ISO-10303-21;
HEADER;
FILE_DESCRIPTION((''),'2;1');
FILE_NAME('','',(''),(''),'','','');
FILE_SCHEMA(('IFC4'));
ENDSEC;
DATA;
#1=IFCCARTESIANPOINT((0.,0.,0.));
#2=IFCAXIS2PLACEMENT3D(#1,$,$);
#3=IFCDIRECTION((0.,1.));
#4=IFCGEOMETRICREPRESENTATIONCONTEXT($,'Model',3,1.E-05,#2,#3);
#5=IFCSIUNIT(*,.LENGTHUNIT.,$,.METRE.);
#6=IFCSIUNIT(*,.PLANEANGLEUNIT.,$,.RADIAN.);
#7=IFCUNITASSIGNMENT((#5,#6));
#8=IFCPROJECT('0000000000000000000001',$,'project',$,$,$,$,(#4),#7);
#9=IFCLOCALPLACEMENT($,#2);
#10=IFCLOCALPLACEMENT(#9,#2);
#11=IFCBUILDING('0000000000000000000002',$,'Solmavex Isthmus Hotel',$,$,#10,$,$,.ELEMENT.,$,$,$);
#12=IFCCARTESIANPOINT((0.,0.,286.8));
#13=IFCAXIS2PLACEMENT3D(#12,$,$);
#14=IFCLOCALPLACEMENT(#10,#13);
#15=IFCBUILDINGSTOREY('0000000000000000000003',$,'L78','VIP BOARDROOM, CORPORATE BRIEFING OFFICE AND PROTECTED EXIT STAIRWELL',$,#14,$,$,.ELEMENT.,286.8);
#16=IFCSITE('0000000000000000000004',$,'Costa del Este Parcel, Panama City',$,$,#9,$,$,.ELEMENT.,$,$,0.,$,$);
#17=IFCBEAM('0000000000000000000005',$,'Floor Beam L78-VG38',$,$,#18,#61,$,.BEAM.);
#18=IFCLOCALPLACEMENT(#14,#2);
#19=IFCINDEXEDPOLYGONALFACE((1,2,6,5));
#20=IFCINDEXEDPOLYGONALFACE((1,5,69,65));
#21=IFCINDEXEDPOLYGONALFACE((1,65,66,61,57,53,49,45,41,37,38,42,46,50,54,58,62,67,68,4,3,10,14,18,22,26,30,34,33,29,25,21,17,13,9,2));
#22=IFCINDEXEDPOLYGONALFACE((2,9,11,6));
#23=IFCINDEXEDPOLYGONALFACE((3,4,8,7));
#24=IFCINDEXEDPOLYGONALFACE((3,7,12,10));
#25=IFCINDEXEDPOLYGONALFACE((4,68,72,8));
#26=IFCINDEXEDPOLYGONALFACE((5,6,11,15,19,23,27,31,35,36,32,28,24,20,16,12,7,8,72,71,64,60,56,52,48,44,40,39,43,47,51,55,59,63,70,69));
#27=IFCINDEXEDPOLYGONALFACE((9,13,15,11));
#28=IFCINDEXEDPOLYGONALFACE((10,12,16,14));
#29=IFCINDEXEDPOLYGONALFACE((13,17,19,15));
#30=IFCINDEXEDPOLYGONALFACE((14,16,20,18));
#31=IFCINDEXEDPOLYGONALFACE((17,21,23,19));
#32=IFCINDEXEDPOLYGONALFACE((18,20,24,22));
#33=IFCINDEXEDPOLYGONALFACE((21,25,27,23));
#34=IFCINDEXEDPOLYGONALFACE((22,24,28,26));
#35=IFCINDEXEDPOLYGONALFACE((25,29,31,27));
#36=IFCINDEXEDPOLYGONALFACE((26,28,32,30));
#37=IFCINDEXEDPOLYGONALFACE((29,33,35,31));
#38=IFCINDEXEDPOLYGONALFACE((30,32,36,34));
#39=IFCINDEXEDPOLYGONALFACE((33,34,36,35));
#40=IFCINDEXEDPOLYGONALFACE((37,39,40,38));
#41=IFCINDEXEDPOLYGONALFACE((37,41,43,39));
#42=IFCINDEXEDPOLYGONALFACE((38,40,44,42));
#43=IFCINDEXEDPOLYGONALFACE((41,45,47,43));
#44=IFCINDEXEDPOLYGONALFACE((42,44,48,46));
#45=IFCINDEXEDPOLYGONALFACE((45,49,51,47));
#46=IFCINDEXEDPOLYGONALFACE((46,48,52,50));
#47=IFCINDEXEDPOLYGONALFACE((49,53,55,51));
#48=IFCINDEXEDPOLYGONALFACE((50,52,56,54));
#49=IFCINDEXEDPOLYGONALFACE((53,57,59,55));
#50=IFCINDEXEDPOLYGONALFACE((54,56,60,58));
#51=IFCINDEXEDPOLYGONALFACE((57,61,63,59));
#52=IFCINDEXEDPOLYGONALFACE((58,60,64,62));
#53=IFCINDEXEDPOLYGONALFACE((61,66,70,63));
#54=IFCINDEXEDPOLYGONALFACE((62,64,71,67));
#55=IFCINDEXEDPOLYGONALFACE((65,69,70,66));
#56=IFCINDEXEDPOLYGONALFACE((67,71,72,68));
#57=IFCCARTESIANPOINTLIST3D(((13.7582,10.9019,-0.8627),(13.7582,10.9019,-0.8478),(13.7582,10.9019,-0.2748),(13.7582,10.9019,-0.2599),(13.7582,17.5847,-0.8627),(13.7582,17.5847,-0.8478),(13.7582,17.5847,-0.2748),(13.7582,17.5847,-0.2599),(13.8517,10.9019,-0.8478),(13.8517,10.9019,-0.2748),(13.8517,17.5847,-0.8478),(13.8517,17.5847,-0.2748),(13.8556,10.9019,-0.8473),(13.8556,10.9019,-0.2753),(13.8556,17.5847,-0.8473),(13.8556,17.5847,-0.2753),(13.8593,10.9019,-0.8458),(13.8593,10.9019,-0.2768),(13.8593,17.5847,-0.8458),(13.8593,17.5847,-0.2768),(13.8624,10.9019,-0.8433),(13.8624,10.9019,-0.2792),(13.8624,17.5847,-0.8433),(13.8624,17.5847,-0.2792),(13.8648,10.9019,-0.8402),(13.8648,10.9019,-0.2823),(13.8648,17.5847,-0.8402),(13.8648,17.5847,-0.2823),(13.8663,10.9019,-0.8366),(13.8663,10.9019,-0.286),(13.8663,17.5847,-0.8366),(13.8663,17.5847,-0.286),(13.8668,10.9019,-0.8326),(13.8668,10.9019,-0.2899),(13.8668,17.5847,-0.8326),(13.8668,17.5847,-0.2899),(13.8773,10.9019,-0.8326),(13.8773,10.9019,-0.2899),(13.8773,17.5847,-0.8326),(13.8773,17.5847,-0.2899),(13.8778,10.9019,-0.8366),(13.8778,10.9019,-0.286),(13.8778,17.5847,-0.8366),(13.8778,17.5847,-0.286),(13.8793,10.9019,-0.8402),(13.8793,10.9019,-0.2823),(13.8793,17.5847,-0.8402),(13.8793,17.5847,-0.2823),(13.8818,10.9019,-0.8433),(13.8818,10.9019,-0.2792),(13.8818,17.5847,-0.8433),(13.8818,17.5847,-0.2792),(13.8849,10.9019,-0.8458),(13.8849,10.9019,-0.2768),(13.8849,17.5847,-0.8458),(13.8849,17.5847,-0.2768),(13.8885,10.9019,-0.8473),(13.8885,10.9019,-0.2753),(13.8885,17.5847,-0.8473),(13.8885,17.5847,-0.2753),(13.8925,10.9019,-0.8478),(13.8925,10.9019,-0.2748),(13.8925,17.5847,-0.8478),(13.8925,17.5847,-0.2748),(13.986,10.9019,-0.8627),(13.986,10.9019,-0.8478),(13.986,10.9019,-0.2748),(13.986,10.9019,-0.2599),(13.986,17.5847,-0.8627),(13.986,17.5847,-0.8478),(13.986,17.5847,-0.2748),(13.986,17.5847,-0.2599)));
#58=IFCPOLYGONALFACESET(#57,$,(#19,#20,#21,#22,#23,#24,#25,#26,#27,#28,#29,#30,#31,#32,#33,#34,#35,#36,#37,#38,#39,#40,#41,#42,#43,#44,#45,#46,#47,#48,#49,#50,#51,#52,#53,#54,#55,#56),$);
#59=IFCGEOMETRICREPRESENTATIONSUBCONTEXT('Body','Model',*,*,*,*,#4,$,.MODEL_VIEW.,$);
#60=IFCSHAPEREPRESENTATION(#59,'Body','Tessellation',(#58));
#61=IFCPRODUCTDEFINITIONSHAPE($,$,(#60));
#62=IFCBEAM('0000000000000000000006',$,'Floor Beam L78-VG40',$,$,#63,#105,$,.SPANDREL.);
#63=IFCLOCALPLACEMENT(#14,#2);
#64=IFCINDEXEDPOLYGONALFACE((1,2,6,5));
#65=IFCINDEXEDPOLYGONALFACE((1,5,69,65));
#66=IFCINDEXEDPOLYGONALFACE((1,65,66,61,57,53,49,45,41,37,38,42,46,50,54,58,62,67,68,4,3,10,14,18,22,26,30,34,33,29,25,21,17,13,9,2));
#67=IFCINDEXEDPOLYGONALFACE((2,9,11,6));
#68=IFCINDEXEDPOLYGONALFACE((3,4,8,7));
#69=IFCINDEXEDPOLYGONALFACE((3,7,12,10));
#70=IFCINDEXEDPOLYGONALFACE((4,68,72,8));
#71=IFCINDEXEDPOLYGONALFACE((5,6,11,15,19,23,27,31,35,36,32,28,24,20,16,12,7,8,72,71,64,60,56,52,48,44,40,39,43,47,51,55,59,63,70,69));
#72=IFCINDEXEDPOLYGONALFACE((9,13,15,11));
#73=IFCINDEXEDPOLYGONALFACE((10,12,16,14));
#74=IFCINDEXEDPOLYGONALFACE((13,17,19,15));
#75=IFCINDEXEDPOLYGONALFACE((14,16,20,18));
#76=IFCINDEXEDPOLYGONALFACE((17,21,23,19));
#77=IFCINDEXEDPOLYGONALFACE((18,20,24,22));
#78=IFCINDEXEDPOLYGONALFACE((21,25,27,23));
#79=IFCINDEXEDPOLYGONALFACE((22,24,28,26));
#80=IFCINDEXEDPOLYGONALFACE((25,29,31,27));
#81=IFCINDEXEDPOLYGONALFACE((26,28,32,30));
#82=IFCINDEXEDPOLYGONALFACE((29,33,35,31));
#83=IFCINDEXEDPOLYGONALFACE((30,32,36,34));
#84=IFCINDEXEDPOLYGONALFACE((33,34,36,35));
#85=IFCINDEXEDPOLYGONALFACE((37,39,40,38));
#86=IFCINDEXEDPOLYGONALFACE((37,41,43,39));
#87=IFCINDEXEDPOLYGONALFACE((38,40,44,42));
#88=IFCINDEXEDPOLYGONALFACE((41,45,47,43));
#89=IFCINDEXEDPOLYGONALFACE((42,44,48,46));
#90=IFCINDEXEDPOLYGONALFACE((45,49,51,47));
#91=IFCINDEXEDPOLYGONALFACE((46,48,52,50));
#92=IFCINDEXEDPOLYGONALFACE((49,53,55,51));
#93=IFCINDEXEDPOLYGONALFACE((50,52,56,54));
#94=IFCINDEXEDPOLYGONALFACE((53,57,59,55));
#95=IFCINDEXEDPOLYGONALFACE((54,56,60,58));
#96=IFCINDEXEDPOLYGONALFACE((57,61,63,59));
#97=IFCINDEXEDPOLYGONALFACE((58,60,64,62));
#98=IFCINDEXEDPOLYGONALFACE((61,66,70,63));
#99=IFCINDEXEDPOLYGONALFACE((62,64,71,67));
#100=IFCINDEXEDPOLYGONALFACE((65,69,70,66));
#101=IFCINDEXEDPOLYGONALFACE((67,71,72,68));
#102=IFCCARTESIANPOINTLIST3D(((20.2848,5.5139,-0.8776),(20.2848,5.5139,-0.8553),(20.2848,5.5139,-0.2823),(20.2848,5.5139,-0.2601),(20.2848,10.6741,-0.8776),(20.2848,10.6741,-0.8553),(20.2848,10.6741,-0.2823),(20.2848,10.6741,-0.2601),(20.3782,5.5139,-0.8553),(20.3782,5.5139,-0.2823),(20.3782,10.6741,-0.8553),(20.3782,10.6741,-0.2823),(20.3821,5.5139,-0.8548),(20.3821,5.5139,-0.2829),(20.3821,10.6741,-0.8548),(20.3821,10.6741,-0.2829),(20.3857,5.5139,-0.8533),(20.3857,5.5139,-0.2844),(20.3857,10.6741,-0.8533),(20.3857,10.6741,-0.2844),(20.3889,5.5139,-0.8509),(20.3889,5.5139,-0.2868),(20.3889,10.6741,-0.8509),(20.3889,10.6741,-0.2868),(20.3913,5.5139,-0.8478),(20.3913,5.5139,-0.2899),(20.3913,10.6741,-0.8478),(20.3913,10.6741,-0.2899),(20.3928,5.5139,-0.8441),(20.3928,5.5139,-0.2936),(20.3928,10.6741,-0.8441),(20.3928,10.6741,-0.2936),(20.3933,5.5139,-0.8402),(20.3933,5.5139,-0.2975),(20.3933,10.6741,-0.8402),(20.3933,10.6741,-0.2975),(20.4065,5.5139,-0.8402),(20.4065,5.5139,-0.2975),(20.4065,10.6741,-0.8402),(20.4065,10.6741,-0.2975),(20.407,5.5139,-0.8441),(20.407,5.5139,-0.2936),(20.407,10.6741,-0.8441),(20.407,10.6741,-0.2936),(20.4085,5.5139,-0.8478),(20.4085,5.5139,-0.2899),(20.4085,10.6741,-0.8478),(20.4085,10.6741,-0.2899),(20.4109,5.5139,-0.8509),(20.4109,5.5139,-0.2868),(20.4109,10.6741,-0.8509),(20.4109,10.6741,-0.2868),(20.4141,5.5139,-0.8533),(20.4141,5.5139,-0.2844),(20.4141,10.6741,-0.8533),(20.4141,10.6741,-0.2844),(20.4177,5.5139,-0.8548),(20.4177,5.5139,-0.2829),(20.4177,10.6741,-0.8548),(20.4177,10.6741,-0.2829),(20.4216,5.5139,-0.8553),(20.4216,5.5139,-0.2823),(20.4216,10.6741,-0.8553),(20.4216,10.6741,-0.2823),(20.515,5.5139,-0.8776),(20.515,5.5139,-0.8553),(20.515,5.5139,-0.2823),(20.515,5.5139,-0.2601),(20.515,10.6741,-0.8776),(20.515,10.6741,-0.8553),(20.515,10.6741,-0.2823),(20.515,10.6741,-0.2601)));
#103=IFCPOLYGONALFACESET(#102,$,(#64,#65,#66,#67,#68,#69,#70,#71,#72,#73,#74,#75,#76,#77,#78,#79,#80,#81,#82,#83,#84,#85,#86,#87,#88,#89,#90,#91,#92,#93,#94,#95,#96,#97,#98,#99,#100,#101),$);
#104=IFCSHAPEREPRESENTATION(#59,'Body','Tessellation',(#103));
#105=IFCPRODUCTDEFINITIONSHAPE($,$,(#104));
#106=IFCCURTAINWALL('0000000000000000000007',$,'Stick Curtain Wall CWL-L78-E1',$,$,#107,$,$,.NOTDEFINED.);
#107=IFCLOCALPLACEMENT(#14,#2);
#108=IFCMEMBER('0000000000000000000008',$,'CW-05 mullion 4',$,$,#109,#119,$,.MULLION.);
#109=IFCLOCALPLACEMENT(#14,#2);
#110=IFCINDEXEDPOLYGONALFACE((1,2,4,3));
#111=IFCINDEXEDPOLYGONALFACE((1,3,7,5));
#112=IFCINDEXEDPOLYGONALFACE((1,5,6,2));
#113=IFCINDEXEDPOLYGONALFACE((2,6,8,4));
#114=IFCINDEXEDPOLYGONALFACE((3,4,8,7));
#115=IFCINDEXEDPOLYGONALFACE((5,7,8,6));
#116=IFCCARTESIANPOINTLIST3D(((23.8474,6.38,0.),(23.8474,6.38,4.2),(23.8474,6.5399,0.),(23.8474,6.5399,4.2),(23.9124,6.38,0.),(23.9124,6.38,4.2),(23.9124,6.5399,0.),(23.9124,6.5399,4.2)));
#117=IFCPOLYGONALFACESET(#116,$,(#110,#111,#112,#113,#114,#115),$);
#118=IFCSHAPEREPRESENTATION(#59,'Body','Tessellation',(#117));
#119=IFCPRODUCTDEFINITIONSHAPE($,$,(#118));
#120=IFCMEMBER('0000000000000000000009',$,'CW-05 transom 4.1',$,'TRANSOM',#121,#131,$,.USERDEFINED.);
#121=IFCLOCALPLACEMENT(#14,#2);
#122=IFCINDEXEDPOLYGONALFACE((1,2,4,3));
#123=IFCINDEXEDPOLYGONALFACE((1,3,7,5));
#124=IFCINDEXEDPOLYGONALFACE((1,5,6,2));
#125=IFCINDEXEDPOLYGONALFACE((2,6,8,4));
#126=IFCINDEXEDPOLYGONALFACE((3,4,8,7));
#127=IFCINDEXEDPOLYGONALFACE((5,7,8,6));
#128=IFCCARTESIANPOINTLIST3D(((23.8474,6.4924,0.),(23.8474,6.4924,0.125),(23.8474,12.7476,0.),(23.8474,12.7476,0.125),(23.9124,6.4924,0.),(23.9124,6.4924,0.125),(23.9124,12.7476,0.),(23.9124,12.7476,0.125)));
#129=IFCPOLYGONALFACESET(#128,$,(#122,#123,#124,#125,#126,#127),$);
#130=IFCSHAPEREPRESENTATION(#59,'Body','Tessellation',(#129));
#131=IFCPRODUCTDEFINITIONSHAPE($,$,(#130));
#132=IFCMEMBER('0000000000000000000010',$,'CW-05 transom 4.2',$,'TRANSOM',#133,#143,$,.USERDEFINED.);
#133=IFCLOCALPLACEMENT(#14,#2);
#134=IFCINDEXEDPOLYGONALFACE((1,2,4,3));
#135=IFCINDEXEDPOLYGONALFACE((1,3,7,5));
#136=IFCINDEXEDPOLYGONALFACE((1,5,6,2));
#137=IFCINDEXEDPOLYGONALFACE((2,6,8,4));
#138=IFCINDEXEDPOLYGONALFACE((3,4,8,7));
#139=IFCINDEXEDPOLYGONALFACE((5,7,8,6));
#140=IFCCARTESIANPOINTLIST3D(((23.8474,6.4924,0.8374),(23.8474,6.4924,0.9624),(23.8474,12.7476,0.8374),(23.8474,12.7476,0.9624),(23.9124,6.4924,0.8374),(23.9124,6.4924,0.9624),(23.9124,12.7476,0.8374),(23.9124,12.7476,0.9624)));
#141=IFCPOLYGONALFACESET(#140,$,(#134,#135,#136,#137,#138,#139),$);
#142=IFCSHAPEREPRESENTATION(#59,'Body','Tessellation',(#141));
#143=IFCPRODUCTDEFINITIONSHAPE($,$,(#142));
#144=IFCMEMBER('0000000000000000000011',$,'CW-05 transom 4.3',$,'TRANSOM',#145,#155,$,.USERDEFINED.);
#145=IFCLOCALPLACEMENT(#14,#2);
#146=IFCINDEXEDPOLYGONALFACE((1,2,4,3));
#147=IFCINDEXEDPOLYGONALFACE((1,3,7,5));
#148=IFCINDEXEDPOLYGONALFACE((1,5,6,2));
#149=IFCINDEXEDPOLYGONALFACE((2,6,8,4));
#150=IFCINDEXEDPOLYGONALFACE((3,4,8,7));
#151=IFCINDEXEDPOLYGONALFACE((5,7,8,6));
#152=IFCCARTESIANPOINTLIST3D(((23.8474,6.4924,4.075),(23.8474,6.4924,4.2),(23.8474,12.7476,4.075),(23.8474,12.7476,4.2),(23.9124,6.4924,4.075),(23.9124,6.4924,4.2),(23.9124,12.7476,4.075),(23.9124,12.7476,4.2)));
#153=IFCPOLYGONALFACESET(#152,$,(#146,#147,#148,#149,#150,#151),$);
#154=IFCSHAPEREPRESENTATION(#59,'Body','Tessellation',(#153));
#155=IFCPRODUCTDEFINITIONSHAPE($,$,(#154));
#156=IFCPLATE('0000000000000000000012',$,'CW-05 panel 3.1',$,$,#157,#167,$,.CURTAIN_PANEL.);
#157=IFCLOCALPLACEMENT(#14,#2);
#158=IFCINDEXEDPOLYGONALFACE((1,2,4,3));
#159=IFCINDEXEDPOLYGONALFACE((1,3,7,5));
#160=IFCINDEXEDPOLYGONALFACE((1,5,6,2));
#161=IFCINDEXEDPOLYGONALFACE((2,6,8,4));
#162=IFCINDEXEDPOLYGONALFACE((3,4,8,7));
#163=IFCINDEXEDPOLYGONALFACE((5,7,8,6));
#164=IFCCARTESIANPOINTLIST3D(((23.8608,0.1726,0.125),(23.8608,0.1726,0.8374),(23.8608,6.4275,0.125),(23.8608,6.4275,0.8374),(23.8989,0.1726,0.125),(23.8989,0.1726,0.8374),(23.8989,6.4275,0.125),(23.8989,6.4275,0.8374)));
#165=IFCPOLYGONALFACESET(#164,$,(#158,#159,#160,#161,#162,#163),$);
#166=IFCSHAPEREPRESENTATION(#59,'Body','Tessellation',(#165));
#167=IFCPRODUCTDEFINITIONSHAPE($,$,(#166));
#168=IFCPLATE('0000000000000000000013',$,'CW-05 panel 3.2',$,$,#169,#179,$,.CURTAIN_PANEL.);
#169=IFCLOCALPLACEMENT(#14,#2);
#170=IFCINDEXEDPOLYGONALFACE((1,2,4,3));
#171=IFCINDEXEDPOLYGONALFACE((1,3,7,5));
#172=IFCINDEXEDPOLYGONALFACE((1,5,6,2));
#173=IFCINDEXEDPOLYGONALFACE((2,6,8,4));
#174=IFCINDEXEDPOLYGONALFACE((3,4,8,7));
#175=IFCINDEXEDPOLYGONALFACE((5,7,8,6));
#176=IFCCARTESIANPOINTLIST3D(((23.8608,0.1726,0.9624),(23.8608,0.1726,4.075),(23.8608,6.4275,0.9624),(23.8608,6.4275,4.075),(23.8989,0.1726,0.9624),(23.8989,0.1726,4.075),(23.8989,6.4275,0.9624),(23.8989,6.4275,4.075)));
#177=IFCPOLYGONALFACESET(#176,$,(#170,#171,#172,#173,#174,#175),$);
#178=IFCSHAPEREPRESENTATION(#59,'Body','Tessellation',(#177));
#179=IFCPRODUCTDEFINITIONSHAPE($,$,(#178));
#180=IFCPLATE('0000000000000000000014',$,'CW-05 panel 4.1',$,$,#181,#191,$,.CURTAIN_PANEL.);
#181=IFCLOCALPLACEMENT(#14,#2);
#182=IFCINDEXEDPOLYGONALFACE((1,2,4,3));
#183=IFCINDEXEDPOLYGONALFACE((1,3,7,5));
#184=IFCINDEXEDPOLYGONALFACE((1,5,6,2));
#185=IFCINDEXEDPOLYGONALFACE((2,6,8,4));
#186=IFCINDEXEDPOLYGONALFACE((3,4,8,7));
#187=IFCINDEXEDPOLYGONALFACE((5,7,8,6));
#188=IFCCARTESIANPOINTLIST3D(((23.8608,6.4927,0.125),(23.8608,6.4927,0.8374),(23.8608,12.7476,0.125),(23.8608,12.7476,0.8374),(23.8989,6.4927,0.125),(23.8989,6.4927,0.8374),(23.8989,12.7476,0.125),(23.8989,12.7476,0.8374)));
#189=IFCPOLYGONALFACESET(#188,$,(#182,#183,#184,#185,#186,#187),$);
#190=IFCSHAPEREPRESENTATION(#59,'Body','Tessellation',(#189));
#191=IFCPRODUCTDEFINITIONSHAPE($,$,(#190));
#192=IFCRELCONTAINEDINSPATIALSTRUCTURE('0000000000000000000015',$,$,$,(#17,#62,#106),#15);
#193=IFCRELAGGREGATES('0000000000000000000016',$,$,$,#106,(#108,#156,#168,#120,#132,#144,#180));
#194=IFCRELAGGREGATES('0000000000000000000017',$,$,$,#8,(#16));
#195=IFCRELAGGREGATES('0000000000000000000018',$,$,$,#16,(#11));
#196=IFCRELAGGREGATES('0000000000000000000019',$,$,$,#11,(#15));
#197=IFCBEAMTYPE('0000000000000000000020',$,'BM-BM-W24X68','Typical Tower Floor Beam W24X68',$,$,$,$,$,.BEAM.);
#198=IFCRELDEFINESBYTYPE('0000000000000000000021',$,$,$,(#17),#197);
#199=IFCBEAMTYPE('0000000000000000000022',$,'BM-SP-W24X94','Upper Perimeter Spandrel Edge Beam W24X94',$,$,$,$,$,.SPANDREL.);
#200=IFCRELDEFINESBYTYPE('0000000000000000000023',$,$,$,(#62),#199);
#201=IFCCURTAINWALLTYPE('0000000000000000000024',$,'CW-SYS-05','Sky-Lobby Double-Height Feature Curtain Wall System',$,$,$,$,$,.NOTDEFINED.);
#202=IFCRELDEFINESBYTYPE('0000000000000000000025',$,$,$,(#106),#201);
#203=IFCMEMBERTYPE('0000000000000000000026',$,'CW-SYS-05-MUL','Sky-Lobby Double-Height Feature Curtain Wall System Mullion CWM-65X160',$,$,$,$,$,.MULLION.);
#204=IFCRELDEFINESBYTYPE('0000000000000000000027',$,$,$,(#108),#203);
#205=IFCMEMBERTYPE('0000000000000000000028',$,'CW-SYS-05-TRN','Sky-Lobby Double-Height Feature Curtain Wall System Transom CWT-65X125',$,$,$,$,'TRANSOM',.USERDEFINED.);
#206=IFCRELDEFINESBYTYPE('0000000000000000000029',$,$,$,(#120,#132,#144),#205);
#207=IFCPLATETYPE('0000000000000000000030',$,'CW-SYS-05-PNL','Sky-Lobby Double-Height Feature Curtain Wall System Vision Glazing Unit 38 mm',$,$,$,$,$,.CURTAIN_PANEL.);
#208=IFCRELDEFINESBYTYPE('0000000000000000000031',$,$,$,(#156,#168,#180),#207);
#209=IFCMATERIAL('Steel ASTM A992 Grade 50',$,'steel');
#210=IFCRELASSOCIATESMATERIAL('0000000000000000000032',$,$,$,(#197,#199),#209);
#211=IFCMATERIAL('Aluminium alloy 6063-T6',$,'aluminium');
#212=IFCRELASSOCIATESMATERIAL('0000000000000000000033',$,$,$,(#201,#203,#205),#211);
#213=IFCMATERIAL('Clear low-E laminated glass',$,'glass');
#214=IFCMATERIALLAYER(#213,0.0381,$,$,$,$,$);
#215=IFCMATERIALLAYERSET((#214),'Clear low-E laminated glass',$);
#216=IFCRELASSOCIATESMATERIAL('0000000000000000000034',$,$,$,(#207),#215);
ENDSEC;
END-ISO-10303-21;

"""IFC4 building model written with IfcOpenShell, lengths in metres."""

from ifc_helpers import new_model, si_unit, direction, frame, origin, origin_2d, place, context, subcontext, project, spatial, rectangle, i_section, extrude, material, layer, layer_set, material_profile, profile_set, type_object, element, aggregate, save


model = new_model("IFC4")

# Units and contexts
model_context = context("Model", 3, precision=1e-05, world=origin(), true_north=direction((0.0, 1.0)))
body_context = subcontext(model_context, "Body", "Model", "MODEL_VIEW")
ifc_project = project(units=[si_unit("LENGTHUNIT", "METRE"), si_unit("PLANEANGLEUNIT", "RADIAN")], contexts=[model_context])

# Site, building, storey
site_placement = place(None, origin())
site = spatial("IfcSite", under=ifc_project, at=site_placement, Name="Costa del Este Parcel, Panama City", CompositionType="ELEMENT", RefElevation=0.0)
building_placement = place(site_placement, origin())
building = spatial("IfcBuilding", under=site, at=building_placement, Name="Solmavex Isthmus Hotel", CompositionType="ELEMENT")
storey_placement = place(building_placement, frame((0.0, 0.0, 286.8)))
storey = spatial("IfcBuildingStorey", under=building, at=storey_placement, Name="L78", Description="VIP BOARDROOM, CORPORATE BRIEFING OFFICE AND PROTECTED EXIT STAIRWELL", CompositionType="ELEMENT", Elevation=286.8)

# Beams
ifc_material_1 = material(Name="Steel ASTM A992 Grade 50", Category="steel")
ifc_material_profile_1 = material_profile(ifc_material_1, i_section(OverallWidth=0.2278, OverallDepth=0.6028, WebThickness=0.0105, FlangeThickness=0.0149, FilletRadius=0.0151, at=origin_2d()), Name="W24X68")
ifc_profile_set_1 = profile_set([ifc_material_profile_1], Name="Steel ASTM A992 Grade 50")
beam_type_1 = type_object("IfcBeamType", Name="BM-BM-W24X68", Description="Typical Tower Floor Beam W24X68", PredefinedType="BEAM", material=ifc_profile_set_1)
beam_1_placement = place(storey_placement, frame((13.8721, 10.9019, -0.5613), z_axis=(0.0, 1.0, 0.0), x_axis=(-1.0, 0.0, 0.0)))
element("IfcBeam", 1, at=beam_1_placement, inside=storey, type_object=beam_type_1, Name="Floor Beam L78-VG38", PredefinedType="BEAM", context=body_context, shape_type="SweptSolid", body=[
    extrude(i_section(OverallWidth=0.2278, OverallDepth=0.6028, WebThickness=0.0105, FlangeThickness=0.0149, FilletRadius=0.0151, at=origin_2d()), origin(), (0.0, 0.0, 1.0), 6.6829),
])
ifc_material_profile_2 = material_profile(ifc_material_1, i_section(OverallWidth=0.2302, OverallDepth=0.6174, WebThickness=0.0132, FlangeThickness=0.0222, FilletRadius=0.0151, at=origin_2d()), Name="W24X94")
ifc_profile_set_2 = profile_set([ifc_material_profile_2], Name="Steel ASTM A992 Grade 50")
beam_type_2 = type_object("IfcBeamType", Name="BM-SP-W24X94", Description="Upper Perimeter Spandrel Edge Beam W24X94", PredefinedType="SPANDREL", material=ifc_profile_set_2)
beam_2_placement = place(storey_placement, frame((20.3999, 5.5139, -0.5688), z_axis=(0.0, 1.0, 0.0), x_axis=(-1.0, 0.0, 0.0)))
element("IfcBeam", 2, at=beam_2_placement, inside=storey, type_object=beam_type_2, Name="Floor Beam L78-VG40", PredefinedType="SPANDREL", context=body_context, shape_type="SweptSolid", body=[
    extrude(i_section(OverallWidth=0.2302, OverallDepth=0.6174, WebThickness=0.0132, FlangeThickness=0.0222, FilletRadius=0.0151, at=origin_2d()), origin(), (0.0, 0.0, 1.0), 5.1602),
])

# Curtain wall, members, plates
ifc_material_2 = material(Name="Aluminium alloy 6063-T6", Category="aluminium")
curtain_wall_type = type_object("IfcCurtainWallType", Name="CW-SYS-05", Description="Sky-Lobby Double-Height Feature Curtain Wall System", PredefinedType="NOTDEFINED", material=ifc_material_2)
curtain_wall_placement = place(storey_placement, origin())
curtain_wall = element("IfcCurtainWall", 3, at=curtain_wall_placement, inside=storey, type_object=curtain_wall_type, Name="Stick Curtain Wall CWL-L78-E1", PredefinedType="NOTDEFINED")
ifc_material_profile_3 = material_profile(ifc_material_2, rectangle(XDim=0.0649, YDim=0.1599, at=origin_2d()), Name="CWM-65X160")
ifc_profile_set_3 = profile_set([ifc_material_profile_3], Name="Aluminium alloy 6063-T6")
member_type_1 = type_object("IfcMemberType", Name="CW-SYS-05-MUL", Description="Sky-Lobby Double-Height Feature Curtain Wall System Mullion CWM-65X160", PredefinedType="MULLION", material=ifc_profile_set_3)
member_1_placement = place(storey_placement, frame((23.8799, 6.46, 0.0), z_axis=(0.0, 0.0, 1.0), x_axis=(-1.0, 0.0, 0.0)))
member_1 = element("IfcMember", 4, at=member_1_placement, type_object=member_type_1, Name="CW-05 mullion 4", PredefinedType="MULLION", context=body_context, shape_type="SweptSolid", body=[
    extrude(rectangle(XDim=0.0649, YDim=0.1599, at=origin_2d()), origin(), (0.0, 0.0, 1.0), 4.2),
])
ifc_material_profile_4 = material_profile(ifc_material_2, rectangle(XDim=0.0649, YDim=0.125, at=origin_2d()), Name="CWT-65X125")
ifc_profile_set_4 = profile_set([ifc_material_profile_4], Name="Aluminium alloy 6063-T6")
member_type_2 = type_object("IfcMemberType", Name="CW-SYS-05-TRN", Description="Sky-Lobby Double-Height Feature Curtain Wall System Transom CWT-65X125", ElementType="TRANSOM", PredefinedType="USERDEFINED", material=ifc_profile_set_4)
member_2_placement = place(storey_placement, frame((23.8799, 6.4924, 0.0625), z_axis=(0.0, 1.0, 0.0), x_axis=(-1.0, 0.0, 0.0)))
member_2 = element("IfcMember", 5, at=member_2_placement, type_object=member_type_2, Name="CW-05 transom 4.1", ObjectType="TRANSOM", PredefinedType="USERDEFINED", context=body_context, shape_type="SweptSolid", body=[
    extrude(rectangle(XDim=0.0649, YDim=0.125, at=origin_2d()), origin(), (0.0, 0.0, 1.0), 6.2551),
])
member_3_placement = place(storey_placement, frame((23.8799, 6.4924, 0.8999), z_axis=(0.0, 1.0, 0.0), x_axis=(-1.0, 0.0, 0.0)))
member_3 = element("IfcMember", 6, at=member_3_placement, type_object=member_type_2, Name="CW-05 transom 4.2", ObjectType="TRANSOM", PredefinedType="USERDEFINED", context=body_context, shape_type="SweptSolid", body=[
    extrude(rectangle(XDim=0.0649, YDim=0.125, at=origin_2d()), origin(), (0.0, 0.0, 1.0), 6.2551),
])
member_4_placement = place(storey_placement, frame((23.8799, 6.4924, 4.1375), z_axis=(0.0, 1.0, 0.0), x_axis=(-1.0, 0.0, 0.0)))
member_4 = element("IfcMember", 7, at=member_4_placement, type_object=member_type_2, Name="CW-05 transom 4.3", ObjectType="TRANSOM", PredefinedType="USERDEFINED", context=body_context, shape_type="SweptSolid", body=[
    extrude(rectangle(XDim=0.0649, YDim=0.125, at=origin_2d()), origin(), (0.0, 0.0, 1.0), 6.2551),
])
ifc_material_3 = material(Name="Clear low-E laminated glass", Category="glass")
ifc_layer_1 = layer(ifc_material_3, 0.0381)
ifc_layer_set_1 = layer_set([ifc_layer_1], Name="Clear low-E laminated glass")
plate_type = type_object("IfcPlateType", Name="CW-SYS-05-PNL", Description="Sky-Lobby Double-Height Feature Curtain Wall System Vision Glazing Unit 38 mm", PredefinedType="CURTAIN_PANEL", material=ifc_layer_set_1)
plate_1_placement = place(storey_placement, frame((23.8799, 3.3, 0.125), z_axis=(0.0, 0.0, 1.0), x_axis=(0.0, 1.0, 0.0)))
plate_1 = element("IfcPlate", 8, at=plate_1_placement, type_object=plate_type, Name="CW-05 panel 3.1", PredefinedType="CURTAIN_PANEL", context=body_context, shape_type="SweptSolid", body=[
    extrude(rectangle(XDim=6.2549, YDim=0.0381, at=origin_2d()), origin(), (0.0, 0.0, 1.0), 0.7124),
])
plate_2_placement = place(storey_placement, frame((23.8799, 3.3, 0.9624), z_axis=(0.0, 0.0, 1.0), x_axis=(0.0, 1.0, 0.0)))
plate_2 = element("IfcPlate", 9, at=plate_2_placement, type_object=plate_type, Name="CW-05 panel 3.2", PredefinedType="CURTAIN_PANEL", context=body_context, shape_type="SweptSolid", body=[
    extrude(rectangle(XDim=6.2549, YDim=0.0381, at=origin_2d()), origin(), (0.0, 0.0, 1.0), 3.1125),
])
plate_3_placement = place(storey_placement, frame((23.8799, 9.6201, 0.125), z_axis=(0.0, 0.0, 1.0), x_axis=(0.0, 1.0, 0.0)))
plate_3 = element("IfcPlate", 10, at=plate_3_placement, type_object=plate_type, Name="CW-05 panel 4.1", PredefinedType="CURTAIN_PANEL", context=body_context, shape_type="SweptSolid", body=[
    extrude(rectangle(XDim=6.2549, YDim=0.0381, at=origin_2d()), origin(), (0.0, 0.0, 1.0), 0.7124),
])
aggregate(curtain_wall, [member_1, plate_1, plate_2, member_2, member_3, member_4, plate_3])

save(model, "model.ifc")
